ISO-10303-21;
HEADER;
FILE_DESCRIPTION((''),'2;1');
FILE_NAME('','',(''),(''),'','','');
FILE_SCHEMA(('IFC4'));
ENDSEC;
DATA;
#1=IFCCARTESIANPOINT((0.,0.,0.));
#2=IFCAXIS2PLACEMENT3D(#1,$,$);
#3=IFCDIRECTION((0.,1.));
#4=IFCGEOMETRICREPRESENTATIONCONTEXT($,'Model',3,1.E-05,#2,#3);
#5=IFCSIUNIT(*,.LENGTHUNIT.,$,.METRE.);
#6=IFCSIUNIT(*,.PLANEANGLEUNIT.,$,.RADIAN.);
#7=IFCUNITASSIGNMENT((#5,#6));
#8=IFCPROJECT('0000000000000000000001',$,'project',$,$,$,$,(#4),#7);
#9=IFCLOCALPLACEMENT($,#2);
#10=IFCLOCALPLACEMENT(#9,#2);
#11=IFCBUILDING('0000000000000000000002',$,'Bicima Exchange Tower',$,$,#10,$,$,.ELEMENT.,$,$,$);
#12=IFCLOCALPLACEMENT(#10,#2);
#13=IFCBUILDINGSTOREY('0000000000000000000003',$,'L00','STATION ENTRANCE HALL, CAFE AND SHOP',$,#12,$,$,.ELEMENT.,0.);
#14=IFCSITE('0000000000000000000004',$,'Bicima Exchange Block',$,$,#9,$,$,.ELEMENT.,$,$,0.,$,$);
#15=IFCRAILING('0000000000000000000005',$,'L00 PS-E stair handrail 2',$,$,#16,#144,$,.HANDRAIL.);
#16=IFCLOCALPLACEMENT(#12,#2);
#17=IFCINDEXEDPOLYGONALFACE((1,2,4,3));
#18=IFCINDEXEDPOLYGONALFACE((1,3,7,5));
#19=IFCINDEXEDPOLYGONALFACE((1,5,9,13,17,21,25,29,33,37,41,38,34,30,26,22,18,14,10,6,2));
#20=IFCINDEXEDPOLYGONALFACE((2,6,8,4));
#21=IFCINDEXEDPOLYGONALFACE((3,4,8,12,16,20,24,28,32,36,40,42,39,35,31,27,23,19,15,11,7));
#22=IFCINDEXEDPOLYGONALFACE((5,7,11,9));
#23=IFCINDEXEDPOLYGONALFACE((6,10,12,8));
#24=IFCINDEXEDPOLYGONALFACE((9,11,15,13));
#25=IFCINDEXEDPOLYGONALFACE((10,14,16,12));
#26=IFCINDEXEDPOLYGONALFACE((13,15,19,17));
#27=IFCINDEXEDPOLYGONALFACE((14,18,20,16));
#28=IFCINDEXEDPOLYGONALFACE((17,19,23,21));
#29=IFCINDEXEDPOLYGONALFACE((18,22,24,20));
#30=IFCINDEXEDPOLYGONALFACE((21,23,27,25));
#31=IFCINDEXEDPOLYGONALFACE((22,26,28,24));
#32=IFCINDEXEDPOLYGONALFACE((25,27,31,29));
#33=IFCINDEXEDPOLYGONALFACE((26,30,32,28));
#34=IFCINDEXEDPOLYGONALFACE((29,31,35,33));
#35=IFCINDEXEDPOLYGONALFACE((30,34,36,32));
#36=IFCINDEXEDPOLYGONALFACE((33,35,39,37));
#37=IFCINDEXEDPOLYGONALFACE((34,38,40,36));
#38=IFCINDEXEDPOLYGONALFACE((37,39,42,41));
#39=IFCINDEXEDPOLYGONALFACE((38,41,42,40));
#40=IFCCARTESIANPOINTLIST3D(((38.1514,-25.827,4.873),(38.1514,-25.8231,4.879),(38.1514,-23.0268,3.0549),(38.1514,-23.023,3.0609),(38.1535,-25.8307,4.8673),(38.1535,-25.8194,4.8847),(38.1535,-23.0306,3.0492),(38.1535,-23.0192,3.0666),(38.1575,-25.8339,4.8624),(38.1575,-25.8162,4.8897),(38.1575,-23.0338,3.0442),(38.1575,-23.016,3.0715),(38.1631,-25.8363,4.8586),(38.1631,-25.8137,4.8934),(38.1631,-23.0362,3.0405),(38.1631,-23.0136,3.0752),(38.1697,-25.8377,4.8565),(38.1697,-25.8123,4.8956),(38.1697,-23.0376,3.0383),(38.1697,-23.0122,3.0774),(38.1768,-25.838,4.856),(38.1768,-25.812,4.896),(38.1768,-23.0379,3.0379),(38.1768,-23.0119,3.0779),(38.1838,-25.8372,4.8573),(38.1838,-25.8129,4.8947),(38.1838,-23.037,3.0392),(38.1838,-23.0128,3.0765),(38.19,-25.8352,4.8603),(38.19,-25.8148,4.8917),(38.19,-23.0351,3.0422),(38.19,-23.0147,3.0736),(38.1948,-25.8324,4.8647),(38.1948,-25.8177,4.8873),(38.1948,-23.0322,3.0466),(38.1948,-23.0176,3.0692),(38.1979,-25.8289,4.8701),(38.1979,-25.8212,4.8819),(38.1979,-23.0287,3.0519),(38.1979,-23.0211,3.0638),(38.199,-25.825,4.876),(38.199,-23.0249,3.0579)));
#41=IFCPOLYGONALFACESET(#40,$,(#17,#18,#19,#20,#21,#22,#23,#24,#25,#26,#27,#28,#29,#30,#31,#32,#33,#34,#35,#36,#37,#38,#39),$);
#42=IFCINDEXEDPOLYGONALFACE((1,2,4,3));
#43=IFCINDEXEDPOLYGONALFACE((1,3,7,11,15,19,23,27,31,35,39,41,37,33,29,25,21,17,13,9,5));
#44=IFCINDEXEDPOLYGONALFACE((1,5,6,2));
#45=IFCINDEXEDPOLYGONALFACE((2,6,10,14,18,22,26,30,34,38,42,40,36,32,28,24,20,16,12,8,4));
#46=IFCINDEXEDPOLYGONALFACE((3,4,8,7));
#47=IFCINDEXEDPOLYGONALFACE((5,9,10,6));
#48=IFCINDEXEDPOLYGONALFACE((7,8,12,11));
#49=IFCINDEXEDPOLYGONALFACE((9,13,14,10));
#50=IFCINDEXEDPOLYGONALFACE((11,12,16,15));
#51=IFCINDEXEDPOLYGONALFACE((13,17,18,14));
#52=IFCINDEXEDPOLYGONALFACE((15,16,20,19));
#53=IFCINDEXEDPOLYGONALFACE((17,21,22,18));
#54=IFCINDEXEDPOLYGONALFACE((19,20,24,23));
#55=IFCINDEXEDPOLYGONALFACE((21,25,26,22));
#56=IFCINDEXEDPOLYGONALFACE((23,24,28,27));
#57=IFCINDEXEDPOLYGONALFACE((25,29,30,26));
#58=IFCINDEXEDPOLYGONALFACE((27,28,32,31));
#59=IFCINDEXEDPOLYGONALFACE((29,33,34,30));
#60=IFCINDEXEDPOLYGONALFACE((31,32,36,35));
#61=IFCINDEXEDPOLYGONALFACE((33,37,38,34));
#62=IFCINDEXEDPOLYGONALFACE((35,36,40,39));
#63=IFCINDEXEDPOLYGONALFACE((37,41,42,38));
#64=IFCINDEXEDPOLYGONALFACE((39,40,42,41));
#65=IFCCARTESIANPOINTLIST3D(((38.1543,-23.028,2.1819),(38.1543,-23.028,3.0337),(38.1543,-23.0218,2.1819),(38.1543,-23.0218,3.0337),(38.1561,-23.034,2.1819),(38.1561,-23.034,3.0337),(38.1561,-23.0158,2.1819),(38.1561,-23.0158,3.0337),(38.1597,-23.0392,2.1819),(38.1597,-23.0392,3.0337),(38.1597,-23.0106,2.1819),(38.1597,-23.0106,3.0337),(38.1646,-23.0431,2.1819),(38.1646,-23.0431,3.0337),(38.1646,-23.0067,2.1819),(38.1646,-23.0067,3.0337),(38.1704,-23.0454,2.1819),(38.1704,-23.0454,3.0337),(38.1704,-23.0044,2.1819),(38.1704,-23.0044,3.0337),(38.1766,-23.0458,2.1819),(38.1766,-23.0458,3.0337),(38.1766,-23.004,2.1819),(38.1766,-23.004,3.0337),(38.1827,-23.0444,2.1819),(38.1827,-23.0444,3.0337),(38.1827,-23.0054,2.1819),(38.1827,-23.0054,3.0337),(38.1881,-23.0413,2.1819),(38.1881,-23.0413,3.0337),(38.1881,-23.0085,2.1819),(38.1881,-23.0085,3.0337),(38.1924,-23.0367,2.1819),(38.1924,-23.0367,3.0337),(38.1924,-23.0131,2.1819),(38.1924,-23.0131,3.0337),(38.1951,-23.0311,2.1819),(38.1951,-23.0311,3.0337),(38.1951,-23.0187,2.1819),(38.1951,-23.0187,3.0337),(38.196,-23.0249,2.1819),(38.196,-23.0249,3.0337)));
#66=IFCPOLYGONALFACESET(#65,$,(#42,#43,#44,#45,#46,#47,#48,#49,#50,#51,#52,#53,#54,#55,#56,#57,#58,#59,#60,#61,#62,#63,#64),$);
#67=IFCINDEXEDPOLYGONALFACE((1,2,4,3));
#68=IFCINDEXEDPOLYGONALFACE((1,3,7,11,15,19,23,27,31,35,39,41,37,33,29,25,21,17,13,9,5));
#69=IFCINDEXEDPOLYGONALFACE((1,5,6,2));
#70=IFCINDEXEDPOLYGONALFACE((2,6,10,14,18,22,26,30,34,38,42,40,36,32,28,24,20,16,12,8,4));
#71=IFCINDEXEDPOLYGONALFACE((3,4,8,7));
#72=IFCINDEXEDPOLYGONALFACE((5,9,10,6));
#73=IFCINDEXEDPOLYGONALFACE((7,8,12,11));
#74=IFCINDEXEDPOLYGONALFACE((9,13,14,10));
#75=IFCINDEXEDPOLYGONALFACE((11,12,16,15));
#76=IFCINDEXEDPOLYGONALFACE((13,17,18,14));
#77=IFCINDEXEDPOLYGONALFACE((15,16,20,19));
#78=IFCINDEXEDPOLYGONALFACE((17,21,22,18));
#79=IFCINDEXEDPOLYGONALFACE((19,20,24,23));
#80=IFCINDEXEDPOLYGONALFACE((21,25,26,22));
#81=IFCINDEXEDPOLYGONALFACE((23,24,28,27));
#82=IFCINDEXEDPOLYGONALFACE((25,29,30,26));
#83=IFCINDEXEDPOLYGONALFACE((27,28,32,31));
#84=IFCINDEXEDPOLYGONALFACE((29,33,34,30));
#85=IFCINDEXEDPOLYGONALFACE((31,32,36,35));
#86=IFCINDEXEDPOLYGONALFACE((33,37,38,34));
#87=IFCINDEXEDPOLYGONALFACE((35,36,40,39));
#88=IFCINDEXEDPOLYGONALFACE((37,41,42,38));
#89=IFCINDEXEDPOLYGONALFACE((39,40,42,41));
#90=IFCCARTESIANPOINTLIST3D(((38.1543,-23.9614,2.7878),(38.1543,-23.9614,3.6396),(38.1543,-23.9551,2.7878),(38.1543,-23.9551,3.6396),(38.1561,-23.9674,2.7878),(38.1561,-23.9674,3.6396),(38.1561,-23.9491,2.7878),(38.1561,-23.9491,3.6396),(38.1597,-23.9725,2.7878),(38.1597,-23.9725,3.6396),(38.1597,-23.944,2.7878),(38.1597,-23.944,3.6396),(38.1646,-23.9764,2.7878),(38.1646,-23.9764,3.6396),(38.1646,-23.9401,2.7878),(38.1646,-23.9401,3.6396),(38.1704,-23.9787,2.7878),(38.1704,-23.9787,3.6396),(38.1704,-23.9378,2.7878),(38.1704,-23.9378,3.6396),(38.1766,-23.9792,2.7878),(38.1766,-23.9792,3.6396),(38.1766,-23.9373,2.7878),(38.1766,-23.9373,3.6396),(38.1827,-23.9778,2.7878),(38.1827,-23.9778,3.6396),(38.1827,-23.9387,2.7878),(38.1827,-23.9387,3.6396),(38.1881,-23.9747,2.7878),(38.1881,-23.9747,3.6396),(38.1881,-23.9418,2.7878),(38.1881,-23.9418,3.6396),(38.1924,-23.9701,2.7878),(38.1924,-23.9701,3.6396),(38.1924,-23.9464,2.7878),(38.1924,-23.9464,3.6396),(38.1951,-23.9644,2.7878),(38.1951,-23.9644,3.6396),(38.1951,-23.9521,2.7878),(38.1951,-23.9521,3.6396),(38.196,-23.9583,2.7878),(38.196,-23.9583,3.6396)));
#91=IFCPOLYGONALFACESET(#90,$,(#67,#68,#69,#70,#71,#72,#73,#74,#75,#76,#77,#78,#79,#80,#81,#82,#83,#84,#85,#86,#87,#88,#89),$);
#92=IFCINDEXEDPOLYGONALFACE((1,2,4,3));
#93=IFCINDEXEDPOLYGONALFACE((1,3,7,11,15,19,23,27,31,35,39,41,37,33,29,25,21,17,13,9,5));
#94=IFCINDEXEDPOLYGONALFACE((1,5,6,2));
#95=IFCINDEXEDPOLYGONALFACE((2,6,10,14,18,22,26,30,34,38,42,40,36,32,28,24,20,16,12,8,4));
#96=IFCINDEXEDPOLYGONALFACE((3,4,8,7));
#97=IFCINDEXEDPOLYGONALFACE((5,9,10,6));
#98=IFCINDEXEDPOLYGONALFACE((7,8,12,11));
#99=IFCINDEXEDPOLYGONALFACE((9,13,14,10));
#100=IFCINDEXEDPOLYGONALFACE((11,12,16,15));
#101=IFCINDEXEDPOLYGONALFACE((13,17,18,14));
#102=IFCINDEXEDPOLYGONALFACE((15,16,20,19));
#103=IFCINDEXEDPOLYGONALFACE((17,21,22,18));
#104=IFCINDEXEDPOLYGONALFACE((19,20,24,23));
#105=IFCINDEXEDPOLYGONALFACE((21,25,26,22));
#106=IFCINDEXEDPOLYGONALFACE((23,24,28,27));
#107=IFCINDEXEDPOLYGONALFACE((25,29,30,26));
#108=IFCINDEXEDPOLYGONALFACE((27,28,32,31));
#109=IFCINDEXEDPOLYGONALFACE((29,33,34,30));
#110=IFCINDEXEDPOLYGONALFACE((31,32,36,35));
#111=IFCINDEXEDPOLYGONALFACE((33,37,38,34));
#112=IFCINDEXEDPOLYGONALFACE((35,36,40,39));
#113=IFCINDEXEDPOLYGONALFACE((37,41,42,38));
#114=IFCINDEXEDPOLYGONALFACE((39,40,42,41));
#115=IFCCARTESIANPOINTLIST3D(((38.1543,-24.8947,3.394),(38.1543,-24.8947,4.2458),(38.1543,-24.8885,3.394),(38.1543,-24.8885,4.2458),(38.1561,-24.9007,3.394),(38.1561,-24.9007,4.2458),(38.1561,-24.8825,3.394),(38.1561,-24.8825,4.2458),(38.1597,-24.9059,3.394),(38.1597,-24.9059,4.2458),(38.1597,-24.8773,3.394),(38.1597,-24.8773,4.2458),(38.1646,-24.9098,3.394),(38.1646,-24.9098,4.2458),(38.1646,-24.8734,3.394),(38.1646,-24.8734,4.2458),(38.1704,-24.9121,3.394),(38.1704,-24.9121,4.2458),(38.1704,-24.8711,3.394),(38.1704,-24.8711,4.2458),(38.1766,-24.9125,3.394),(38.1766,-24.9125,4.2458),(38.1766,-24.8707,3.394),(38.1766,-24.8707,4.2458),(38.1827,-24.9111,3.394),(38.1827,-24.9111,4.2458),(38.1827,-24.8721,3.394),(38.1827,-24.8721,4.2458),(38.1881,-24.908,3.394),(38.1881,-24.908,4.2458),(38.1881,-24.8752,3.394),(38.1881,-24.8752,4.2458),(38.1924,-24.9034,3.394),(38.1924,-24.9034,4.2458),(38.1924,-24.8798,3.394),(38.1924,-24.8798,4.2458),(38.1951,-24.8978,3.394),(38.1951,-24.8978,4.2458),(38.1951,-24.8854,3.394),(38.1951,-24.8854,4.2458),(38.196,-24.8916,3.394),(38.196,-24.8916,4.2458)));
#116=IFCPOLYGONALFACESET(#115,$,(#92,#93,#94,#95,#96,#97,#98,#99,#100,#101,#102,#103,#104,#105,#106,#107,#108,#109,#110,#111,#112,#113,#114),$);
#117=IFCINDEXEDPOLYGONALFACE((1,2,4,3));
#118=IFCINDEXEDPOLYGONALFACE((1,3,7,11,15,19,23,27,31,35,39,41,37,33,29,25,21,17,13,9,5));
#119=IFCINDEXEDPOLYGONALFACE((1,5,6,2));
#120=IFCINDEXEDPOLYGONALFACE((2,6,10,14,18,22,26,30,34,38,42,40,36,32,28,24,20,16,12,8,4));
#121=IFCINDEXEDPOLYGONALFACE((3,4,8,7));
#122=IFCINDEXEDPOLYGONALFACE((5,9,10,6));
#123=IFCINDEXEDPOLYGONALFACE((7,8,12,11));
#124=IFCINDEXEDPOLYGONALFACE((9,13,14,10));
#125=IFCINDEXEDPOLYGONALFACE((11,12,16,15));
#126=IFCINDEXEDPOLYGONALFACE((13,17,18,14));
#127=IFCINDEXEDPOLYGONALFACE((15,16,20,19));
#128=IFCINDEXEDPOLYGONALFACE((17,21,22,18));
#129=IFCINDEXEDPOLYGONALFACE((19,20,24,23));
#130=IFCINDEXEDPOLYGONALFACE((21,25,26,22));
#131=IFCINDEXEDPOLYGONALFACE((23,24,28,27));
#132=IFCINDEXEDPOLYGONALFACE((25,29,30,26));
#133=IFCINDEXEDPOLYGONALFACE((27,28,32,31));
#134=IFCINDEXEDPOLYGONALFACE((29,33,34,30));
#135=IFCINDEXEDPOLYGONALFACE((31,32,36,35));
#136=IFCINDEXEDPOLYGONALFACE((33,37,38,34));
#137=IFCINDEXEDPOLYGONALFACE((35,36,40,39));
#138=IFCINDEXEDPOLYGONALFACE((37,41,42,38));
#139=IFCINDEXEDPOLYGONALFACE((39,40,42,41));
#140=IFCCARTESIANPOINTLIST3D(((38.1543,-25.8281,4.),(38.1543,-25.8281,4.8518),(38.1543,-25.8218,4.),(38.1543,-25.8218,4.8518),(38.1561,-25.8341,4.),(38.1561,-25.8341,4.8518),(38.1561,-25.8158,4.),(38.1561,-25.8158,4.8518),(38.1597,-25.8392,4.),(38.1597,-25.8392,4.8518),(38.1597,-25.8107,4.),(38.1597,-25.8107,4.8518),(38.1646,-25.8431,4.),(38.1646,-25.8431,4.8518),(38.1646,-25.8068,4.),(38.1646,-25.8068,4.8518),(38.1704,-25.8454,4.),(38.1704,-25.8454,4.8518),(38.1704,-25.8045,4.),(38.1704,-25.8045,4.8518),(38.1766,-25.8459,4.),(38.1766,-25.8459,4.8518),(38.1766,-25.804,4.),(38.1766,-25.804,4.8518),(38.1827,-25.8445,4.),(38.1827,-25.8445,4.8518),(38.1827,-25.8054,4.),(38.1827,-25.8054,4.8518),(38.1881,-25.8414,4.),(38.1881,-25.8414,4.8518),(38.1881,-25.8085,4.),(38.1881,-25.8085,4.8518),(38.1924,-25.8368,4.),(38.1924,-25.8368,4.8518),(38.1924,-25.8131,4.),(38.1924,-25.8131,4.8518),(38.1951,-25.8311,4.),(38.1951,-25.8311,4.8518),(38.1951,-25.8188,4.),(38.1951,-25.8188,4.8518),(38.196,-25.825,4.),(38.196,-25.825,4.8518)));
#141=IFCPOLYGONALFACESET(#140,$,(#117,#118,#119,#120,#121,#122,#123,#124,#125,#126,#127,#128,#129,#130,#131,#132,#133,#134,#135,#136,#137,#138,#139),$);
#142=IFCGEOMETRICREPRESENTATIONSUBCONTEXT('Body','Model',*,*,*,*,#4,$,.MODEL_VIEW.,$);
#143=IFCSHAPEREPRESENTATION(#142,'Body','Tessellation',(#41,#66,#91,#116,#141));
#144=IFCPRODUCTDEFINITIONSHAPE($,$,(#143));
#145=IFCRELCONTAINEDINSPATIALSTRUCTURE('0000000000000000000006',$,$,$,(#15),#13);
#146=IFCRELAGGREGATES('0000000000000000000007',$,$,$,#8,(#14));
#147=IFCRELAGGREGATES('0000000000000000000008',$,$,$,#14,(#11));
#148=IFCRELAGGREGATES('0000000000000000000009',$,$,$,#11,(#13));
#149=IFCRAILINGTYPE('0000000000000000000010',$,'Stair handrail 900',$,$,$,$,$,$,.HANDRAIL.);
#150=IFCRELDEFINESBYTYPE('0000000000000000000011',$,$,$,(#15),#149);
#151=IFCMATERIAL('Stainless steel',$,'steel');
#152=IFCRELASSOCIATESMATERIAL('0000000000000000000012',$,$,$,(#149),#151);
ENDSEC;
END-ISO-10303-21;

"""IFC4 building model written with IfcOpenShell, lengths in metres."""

from ifc_helpers import new_model, si_unit, direction, frame, origin, origin_2d, place, context, subcontext, project, spatial, circle, extrude, material, type_object, element, save


model = new_model("IFC4")

# Units and contexts
model_context = context("Model", 3, precision=1e-05, world=origin(), true_north=direction((0.0, 1.0)))
body_context = subcontext(model_context, "Body", "Model", "MODEL_VIEW")
ifc_project = project(units=[si_unit("LENGTHUNIT", "METRE"), si_unit("PLANEANGLEUNIT", "RADIAN")], contexts=[model_context])

# Site, building, storey
site_placement = place(None, origin())
site = spatial("IfcSite", under=ifc_project, at=site_placement, Name="Bicima Exchange Block", CompositionType="ELEMENT", RefElevation=0.0)
building_placement = place(site_placement, origin())
building = spatial("IfcBuilding", under=site, at=building_placement, Name="Bicima Exchange Tower", CompositionType="ELEMENT")
storey_placement = place(building_placement, origin())
storey = spatial("IfcBuildingStorey", under=building, at=storey_placement, Name="L00", Description="STATION ENTRANCE HALL, CAFE AND SHOP", CompositionType="ELEMENT", Elevation=0.0)

# Railing
ifc_material_1 = material(Name="Stainless steel", Category="steel")
railing_type = type_object("IfcRailingType", Name="Stair handrail 900", PredefinedType="HANDRAIL", material=ifc_material_1)
railing_1_placement = place(storey_placement, frame((38.175, -23.0249, 2.1819)))
element("IfcRailing", 1, at=railing_1_placement, inside=storey, type_object=railing_type, Name="L00 PS-E stair handrail 2", PredefinedType="HANDRAIL", context=body_context, shape_type="SweptSolid", body=[
    extrude(circle(Radius=0.0239, at=origin_2d()), frame((0.0, 0.0, 0.876), z_axis=(0.0, -0.838706, 0.544585), x_axis=(1.0, 0.0, 0.0)), (0.0, 0.0, 1.0), 3.3386),
    extrude(circle(Radius=0.021, at=origin_2d()), origin(), (0.0, 0.0, 1.0), 0.8518),
    extrude(circle(Radius=0.021, at=origin_2d()), frame((0.0, -0.9333, 0.606)), (0.0, 0.0, 1.0), 0.8518),
    extrude(circle(Radius=0.021, at=origin_2d()), frame((0.0, -1.8667, 1.2122)), (0.0, 0.0, 1.0), 0.8518),
    extrude(circle(Radius=0.021, at=origin_2d()), frame((0.0, -2.8, 1.8181)), (0.0, 0.0, 1.0), 0.8518),
])

save(model, "model.ifc")
